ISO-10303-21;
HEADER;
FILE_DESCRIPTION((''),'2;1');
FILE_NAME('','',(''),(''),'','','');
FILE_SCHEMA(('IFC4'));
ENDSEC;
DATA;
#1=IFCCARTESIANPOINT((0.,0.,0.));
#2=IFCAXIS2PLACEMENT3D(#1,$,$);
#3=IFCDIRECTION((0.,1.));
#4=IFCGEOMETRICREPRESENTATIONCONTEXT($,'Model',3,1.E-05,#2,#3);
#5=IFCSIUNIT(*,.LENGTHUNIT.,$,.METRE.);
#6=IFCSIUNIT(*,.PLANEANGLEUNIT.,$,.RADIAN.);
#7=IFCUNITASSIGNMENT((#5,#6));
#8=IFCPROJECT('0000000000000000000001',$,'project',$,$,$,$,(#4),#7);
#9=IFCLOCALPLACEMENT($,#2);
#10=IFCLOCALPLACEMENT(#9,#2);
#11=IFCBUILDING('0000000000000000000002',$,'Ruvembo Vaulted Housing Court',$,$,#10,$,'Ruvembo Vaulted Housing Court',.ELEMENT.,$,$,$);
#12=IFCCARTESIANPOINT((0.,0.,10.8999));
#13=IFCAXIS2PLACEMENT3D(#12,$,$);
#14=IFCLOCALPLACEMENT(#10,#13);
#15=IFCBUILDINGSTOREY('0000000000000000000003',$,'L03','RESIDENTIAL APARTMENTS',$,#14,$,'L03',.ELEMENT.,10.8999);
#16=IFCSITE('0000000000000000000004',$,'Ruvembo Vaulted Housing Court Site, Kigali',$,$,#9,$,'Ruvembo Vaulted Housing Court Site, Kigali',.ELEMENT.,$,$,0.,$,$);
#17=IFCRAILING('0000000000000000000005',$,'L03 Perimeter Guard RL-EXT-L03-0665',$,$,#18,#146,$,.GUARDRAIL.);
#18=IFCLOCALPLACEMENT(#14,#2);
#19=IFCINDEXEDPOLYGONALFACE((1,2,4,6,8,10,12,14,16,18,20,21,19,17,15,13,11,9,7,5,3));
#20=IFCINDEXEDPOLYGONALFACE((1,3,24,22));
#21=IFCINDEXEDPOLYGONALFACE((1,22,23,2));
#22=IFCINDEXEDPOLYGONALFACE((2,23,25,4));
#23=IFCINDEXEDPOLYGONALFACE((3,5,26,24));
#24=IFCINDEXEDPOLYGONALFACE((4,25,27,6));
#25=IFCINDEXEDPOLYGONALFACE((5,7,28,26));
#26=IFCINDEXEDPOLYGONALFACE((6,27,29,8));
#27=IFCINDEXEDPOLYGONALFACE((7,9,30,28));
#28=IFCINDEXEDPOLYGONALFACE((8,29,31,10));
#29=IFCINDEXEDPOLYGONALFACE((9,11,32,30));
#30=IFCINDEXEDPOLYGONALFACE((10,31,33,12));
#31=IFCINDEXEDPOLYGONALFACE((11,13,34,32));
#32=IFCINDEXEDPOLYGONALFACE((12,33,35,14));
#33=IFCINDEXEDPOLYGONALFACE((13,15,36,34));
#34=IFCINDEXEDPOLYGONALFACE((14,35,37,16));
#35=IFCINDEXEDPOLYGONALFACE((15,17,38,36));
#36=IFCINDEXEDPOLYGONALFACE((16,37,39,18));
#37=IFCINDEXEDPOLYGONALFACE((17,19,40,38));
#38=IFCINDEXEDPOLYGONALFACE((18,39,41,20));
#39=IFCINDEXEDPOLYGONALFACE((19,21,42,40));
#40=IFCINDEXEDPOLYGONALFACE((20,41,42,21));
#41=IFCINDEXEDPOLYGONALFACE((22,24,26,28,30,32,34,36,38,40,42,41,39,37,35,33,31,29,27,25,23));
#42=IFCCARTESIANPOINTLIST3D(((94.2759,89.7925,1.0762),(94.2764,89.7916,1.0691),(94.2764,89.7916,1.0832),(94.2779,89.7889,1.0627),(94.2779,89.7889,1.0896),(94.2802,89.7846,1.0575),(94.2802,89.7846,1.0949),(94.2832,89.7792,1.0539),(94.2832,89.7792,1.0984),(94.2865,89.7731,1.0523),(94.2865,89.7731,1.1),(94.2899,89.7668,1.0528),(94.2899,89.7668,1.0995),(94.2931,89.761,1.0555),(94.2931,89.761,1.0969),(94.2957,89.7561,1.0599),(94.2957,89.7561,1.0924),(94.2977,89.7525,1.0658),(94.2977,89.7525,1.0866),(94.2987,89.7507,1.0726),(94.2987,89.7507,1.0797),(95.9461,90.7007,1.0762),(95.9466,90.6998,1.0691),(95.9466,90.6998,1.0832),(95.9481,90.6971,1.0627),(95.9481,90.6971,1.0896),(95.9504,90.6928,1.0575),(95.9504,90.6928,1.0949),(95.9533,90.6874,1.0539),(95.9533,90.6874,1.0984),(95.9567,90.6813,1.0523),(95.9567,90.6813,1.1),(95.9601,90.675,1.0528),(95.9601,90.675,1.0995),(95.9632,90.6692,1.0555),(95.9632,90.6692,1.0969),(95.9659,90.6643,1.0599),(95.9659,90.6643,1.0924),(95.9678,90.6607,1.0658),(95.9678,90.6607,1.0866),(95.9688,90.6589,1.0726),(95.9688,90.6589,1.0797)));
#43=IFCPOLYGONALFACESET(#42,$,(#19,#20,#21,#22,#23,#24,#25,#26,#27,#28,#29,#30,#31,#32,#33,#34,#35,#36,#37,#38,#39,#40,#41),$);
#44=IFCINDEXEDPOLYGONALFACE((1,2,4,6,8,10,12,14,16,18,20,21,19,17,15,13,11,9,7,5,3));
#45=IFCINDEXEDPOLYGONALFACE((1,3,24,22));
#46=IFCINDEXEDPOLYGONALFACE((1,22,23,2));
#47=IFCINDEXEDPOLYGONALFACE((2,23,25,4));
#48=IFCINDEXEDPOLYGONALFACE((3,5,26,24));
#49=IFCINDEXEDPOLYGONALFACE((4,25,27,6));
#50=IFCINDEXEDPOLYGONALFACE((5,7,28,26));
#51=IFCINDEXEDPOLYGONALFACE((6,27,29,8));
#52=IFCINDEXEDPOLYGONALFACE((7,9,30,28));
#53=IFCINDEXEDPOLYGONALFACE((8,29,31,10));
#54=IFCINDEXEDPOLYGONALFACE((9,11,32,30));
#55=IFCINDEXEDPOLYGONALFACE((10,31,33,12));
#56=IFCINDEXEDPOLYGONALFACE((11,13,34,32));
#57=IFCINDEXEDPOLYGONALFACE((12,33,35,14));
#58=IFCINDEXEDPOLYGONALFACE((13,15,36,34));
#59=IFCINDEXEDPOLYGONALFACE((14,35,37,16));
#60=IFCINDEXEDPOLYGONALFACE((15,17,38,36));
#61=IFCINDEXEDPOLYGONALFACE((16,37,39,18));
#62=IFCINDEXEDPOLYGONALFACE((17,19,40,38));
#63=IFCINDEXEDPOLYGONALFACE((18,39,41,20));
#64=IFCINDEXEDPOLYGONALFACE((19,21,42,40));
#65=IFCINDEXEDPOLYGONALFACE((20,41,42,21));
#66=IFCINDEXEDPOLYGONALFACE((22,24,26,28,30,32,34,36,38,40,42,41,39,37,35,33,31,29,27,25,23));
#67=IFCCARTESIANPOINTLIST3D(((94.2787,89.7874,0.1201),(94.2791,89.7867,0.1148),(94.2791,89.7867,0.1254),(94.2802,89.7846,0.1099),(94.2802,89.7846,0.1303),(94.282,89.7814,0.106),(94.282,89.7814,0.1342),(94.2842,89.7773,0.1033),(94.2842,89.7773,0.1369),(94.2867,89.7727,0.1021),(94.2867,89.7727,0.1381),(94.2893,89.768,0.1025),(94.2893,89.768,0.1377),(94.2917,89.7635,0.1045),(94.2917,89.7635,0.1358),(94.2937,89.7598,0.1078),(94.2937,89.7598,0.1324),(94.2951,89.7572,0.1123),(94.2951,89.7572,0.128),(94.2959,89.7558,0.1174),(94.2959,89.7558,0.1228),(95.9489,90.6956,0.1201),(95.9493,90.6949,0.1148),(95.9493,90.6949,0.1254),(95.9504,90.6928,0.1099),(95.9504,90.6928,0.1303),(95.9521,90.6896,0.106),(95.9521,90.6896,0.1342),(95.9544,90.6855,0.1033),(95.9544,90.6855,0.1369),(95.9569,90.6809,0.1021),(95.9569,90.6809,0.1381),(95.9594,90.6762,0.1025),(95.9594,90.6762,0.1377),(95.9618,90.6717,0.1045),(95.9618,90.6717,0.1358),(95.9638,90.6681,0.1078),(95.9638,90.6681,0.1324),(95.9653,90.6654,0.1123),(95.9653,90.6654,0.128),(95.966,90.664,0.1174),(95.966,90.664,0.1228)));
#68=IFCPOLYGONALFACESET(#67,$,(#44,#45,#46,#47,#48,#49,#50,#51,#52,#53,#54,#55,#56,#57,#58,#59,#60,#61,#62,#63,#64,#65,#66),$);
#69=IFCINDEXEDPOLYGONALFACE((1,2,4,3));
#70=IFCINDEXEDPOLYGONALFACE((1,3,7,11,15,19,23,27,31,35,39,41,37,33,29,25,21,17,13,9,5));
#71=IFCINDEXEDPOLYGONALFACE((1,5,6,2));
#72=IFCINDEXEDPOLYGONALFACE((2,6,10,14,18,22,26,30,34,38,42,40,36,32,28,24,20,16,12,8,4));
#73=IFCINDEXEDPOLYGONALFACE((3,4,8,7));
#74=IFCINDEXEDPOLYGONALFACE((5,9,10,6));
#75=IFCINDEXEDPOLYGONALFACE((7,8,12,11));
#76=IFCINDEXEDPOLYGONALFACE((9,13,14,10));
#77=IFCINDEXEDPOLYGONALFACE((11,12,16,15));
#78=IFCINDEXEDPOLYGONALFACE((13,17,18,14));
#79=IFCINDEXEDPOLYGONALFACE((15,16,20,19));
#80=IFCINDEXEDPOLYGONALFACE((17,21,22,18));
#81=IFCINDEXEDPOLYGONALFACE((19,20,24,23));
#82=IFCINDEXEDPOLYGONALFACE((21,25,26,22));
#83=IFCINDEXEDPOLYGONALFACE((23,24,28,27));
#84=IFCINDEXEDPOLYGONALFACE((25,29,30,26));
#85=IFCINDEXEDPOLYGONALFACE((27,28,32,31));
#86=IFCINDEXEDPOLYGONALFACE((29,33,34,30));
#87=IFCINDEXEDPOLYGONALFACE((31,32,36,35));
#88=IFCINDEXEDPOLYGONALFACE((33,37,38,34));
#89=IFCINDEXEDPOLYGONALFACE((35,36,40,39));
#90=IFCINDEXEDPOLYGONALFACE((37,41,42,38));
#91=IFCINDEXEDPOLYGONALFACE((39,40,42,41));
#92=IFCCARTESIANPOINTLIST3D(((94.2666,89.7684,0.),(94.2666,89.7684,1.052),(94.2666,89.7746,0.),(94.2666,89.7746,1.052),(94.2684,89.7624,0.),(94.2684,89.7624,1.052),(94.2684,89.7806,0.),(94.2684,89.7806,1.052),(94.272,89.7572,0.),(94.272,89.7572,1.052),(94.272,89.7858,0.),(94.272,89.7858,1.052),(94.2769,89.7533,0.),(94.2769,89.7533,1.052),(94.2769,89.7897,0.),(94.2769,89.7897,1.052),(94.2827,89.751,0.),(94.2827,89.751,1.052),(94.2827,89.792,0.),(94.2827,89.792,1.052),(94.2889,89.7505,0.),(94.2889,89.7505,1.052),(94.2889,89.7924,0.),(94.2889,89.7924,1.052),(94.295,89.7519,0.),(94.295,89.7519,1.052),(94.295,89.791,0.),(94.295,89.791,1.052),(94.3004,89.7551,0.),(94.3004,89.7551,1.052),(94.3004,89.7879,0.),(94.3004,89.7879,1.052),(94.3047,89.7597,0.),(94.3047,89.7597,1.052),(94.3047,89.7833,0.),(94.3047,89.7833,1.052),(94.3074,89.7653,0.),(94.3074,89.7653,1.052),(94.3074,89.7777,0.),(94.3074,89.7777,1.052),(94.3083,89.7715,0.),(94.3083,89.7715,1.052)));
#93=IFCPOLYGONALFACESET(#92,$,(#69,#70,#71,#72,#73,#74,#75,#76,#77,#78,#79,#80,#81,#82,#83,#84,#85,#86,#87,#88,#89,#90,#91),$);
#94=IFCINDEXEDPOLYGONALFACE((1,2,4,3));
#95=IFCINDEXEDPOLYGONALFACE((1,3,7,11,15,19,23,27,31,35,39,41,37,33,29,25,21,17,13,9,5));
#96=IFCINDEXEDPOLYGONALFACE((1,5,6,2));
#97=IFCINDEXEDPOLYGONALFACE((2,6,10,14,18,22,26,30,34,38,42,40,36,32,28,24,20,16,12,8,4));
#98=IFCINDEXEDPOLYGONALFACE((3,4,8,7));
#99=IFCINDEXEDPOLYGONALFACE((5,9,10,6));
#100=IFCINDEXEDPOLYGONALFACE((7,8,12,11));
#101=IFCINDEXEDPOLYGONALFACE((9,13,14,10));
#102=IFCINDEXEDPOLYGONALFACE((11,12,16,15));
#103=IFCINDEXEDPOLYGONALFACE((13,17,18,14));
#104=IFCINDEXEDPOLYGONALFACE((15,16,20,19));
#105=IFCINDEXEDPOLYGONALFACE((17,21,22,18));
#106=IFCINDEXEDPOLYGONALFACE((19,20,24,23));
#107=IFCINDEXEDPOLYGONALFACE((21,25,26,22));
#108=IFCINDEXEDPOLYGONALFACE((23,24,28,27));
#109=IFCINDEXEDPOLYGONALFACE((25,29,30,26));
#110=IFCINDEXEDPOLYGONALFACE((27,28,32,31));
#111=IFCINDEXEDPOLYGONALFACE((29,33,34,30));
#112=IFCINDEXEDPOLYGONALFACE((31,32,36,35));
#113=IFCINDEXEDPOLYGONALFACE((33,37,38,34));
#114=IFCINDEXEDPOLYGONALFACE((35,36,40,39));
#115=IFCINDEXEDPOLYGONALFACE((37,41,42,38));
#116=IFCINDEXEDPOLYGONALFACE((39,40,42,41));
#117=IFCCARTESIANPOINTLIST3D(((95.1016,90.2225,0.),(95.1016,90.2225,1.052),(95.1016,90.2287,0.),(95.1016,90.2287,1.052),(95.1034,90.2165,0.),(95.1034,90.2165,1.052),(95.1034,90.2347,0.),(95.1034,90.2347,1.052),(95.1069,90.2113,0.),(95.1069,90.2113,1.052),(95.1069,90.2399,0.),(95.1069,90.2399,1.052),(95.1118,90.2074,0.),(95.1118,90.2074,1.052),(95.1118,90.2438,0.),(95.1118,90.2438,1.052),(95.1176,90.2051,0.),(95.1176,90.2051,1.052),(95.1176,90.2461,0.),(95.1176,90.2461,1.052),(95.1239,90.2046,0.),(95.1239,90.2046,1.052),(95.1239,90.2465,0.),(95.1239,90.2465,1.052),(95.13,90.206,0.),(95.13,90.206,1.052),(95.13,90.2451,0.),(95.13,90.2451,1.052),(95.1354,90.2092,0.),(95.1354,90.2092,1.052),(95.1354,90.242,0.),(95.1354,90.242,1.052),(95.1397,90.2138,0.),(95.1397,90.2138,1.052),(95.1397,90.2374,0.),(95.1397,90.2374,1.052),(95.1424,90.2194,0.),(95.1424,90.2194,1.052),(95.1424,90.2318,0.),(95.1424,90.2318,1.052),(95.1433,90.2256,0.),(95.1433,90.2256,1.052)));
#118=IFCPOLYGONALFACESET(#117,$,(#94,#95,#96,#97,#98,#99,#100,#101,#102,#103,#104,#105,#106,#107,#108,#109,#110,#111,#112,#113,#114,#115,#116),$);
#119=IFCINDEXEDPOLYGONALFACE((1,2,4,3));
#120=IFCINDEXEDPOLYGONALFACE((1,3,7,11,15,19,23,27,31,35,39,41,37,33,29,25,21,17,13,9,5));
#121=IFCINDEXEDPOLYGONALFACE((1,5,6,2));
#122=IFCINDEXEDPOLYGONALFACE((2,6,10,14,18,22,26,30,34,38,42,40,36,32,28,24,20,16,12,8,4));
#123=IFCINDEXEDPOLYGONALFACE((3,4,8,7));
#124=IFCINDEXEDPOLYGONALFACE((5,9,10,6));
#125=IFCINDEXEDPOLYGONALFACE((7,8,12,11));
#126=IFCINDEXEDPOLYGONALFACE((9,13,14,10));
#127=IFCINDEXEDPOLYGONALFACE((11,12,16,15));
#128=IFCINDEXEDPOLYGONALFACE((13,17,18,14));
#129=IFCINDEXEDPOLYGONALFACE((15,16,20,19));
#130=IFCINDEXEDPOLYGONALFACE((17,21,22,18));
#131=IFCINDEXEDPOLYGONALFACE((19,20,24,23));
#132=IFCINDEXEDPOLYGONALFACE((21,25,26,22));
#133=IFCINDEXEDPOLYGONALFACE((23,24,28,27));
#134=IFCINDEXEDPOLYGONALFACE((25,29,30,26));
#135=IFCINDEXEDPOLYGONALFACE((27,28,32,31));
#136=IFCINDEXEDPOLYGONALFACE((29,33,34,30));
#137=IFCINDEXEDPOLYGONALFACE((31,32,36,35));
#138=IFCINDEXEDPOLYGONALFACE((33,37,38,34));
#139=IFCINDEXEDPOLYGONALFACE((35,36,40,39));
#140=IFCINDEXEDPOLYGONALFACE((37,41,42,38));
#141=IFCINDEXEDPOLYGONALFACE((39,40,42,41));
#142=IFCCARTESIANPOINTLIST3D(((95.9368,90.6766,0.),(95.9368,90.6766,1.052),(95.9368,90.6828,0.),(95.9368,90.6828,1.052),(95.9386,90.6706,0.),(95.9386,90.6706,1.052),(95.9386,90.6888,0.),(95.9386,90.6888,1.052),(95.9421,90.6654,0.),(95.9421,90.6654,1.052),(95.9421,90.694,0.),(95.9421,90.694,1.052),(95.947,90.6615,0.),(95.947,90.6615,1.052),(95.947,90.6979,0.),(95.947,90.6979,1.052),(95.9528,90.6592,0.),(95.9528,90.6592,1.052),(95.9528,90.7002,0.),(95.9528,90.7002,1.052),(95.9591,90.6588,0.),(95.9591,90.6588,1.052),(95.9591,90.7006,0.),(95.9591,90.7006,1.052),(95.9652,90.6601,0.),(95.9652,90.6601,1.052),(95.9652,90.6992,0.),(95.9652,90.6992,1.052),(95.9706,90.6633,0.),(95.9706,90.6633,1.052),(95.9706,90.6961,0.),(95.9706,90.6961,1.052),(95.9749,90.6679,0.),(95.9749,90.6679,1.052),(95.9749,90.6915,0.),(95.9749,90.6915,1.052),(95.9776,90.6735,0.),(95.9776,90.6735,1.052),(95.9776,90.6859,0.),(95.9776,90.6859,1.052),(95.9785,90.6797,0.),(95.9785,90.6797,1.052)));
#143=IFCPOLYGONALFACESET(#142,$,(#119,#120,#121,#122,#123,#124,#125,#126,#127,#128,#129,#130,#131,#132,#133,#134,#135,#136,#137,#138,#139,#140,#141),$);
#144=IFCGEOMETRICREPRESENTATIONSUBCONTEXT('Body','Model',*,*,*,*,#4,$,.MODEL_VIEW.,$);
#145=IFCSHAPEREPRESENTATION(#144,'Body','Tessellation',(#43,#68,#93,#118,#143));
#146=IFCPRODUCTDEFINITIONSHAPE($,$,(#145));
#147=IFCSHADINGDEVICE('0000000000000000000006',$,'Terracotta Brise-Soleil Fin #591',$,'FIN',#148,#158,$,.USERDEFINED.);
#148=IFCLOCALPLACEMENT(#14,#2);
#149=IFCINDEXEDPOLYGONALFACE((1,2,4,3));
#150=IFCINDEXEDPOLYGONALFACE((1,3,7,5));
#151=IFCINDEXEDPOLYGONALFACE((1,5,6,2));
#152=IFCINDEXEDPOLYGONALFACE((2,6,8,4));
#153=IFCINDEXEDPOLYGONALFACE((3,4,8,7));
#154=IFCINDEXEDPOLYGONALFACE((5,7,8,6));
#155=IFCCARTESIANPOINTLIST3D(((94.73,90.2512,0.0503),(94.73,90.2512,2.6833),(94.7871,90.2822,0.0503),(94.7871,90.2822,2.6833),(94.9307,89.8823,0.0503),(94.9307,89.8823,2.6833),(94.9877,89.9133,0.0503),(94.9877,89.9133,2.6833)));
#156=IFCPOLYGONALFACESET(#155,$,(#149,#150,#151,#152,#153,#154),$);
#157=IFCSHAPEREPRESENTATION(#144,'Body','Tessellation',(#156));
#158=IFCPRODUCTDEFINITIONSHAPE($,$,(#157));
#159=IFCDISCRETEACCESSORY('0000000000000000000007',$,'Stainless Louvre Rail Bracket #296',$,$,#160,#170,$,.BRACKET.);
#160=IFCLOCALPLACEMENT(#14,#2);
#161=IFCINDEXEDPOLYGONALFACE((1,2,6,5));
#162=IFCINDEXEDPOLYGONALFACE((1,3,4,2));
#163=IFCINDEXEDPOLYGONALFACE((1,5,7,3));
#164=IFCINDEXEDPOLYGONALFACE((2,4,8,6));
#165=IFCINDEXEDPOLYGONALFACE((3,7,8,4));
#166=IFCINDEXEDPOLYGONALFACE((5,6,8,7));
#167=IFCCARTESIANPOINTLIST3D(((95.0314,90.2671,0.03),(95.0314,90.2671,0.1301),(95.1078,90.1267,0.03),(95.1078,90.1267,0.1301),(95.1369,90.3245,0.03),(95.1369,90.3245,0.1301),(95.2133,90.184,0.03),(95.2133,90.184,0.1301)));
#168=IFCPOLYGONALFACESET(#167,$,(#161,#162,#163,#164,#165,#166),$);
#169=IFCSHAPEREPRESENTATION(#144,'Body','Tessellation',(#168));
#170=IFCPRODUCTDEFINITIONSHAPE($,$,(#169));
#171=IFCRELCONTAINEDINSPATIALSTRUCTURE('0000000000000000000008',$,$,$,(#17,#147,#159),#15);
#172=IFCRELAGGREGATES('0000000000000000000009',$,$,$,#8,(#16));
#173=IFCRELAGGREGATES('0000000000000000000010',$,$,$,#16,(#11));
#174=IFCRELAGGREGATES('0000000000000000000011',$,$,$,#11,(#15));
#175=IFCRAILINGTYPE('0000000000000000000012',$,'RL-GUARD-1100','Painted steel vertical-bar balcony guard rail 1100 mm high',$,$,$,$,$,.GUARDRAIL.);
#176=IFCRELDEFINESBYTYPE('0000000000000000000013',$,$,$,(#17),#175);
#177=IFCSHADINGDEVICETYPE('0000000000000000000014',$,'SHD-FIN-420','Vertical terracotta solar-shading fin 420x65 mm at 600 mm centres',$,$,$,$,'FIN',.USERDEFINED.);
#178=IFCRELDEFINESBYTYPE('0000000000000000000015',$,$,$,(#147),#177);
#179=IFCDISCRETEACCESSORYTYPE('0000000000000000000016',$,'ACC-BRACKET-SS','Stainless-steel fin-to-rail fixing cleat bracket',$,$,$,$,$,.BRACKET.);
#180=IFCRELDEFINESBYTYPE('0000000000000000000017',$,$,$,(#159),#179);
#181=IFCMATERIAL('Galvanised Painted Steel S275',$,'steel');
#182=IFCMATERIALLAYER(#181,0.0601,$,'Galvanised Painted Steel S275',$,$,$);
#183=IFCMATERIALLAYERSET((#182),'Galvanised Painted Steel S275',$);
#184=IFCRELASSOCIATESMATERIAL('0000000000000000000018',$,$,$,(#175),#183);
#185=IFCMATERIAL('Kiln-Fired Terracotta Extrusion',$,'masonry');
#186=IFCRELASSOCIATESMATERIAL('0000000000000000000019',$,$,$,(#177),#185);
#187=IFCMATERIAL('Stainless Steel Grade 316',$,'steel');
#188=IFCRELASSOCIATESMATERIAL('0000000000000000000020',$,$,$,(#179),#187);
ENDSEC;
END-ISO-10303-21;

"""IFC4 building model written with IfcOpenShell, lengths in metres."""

from ifc_helpers import new_model, si_unit, direction, frame, origin, origin_2d, place, context, subcontext, project, spatial, rectangle, circle, extrude, material, layer, layer_set, type_object, element, save


model = new_model("IFC4")

# Units and contexts
model_context = context("Model", 3, precision=1e-05, world=origin(), true_north=direction((0.0, 1.0)))
body_context = subcontext(model_context, "Body", "Model", "MODEL_VIEW")
ifc_project = project(units=[si_unit("LENGTHUNIT", "METRE"), si_unit("PLANEANGLEUNIT", "RADIAN")], contexts=[model_context])

# Site, building, storey
site_placement = place(None, origin())
site = spatial("IfcSite", under=ifc_project, at=site_placement, Name="Ruvembo Vaulted Housing Court Site, Kigali", LongName="Ruvembo Vaulted Housing Court Site, Kigali", CompositionType="ELEMENT", RefElevation=0.0)
building_placement = place(site_placement, origin())
building = spatial("IfcBuilding", under=site, at=building_placement, Name="Ruvembo Vaulted Housing Court", LongName="Ruvembo Vaulted Housing Court", CompositionType="ELEMENT")
storey_placement = place(building_placement, frame((0.0, 0.0, 10.8999)))
storey = spatial("IfcBuildingStorey", under=building, at=storey_placement, Name="L03", Description="RESIDENTIAL APARTMENTS", LongName="L03", CompositionType="ELEMENT", Elevation=10.8999)

# Railing
ifc_material_1 = material(Name="Galvanised Painted Steel S275", Category="steel")
ifc_layer_1 = layer(ifc_material_1, 0.0601, Name="Galvanised Painted Steel S275")
ifc_layer_set_1 = layer_set([ifc_layer_1], Name="Galvanised Painted Steel S275")
railing_type = type_object("IfcRailingType", Name="RL-GUARD-1100", Description="Painted steel vertical-bar balcony guard rail 1100 mm high", PredefinedType="GUARDRAIL", material=ifc_layer_set_1)
railing_placement = place(storey_placement, frame((94.2874, 89.7715, 0.0)))
element("IfcRailing", 1, at=railing_placement, inside=storey, type_object=railing_type, Name="L03 Perimeter Guard RL-EXT-L03-0665", PredefinedType="GUARDRAIL", context=body_context, shape_type="SweptSolid", body=[
    extrude(circle(Radius=0.0239, at=origin_2d()), frame((0.0, 0.0, 1.0762), z_axis=(0.878513, 0.477718, 0.0), x_axis=(-0.477718, 0.878513, 0.0)), (0.0, 0.0, 1.0), 1.9011),
    extrude(circle(Radius=0.0181, at=origin_2d()), frame((0.0, 0.0, 0.1201), z_axis=(0.878513, 0.477718, 0.0), x_axis=(-0.477718, 0.878513, 0.0)), (0.0, 0.0, 1.0), 1.9011),
    extrude(circle(Radius=0.021, at=origin_2d()), origin(), (0.0, 0.0, 1.0), 1.052),
    extrude(circle(Radius=0.021, at=origin_2d()), frame((0.835, 0.4541, 0.0)), (0.0, 0.0, 1.0), 1.052),
    extrude(circle(Radius=0.021, at=origin_2d()), frame((1.6702, 0.9082, 0.0)), (0.0, 0.0, 1.0), 1.052),
])

# Shading device
ifc_material_2 = material(Name="Kiln-Fired Terracotta Extrusion", Category="masonry")
shading_device_type = type_object("IfcShadingDeviceType", Name="SHD-FIN-420", Description="Vertical terracotta solar-shading fin 420x65 mm at 600 mm centres", ElementType="FIN", PredefinedType="USERDEFINED", material=ifc_material_2)
shading_device_placement = place(storey_placement, frame((94.8589, 90.0823, 0.0503), z_axis=(0.0, 0.0, 1.0), x_axis=(0.477788, -0.878475, 0.0)))
element("IfcShadingDevice", 2, at=shading_device_placement, inside=storey, type_object=shading_device_type, Name="Terracotta Brise-Soleil Fin #591", ObjectType="FIN", PredefinedType="USERDEFINED", context=body_context, shape_type="SweptSolid", body=[
    extrude(rectangle(XDim=0.4199, YDim=0.0649, at=origin_2d()), origin(), (0.0, 0.0, 1.0), 2.6331),
])

# Discrete accessory
ifc_material_3 = material(Name="Stainless Steel Grade 316", Category="steel")
discrete_accessory_type = type_object("IfcDiscreteAccessoryType", Name="ACC-BRACKET-SS", Description="Stainless-steel fin-to-rail fixing cleat bracket", PredefinedType="BRACKET", material=ifc_material_3)
discrete_accessory_placement = place(storey_placement, frame((95.1223, 90.2256, 0.03), z_axis=(0.0, 0.0, 1.0), x_axis=(0.477788, -0.878475, 0.0)))
element("IfcDiscreteAccessory", 3, at=discrete_accessory_placement, inside=storey, type_object=discrete_accessory_type, Name="Stainless Louvre Rail Bracket #296", PredefinedType="BRACKET", context=body_context, shape_type="SweptSolid", body=[
    extrude(rectangle(XDim=0.1599, YDim=0.1201, at=origin_2d()), origin(), (0.0, 0.0, 1.0), 0.1001),
])

save(model, "model.ifc")
